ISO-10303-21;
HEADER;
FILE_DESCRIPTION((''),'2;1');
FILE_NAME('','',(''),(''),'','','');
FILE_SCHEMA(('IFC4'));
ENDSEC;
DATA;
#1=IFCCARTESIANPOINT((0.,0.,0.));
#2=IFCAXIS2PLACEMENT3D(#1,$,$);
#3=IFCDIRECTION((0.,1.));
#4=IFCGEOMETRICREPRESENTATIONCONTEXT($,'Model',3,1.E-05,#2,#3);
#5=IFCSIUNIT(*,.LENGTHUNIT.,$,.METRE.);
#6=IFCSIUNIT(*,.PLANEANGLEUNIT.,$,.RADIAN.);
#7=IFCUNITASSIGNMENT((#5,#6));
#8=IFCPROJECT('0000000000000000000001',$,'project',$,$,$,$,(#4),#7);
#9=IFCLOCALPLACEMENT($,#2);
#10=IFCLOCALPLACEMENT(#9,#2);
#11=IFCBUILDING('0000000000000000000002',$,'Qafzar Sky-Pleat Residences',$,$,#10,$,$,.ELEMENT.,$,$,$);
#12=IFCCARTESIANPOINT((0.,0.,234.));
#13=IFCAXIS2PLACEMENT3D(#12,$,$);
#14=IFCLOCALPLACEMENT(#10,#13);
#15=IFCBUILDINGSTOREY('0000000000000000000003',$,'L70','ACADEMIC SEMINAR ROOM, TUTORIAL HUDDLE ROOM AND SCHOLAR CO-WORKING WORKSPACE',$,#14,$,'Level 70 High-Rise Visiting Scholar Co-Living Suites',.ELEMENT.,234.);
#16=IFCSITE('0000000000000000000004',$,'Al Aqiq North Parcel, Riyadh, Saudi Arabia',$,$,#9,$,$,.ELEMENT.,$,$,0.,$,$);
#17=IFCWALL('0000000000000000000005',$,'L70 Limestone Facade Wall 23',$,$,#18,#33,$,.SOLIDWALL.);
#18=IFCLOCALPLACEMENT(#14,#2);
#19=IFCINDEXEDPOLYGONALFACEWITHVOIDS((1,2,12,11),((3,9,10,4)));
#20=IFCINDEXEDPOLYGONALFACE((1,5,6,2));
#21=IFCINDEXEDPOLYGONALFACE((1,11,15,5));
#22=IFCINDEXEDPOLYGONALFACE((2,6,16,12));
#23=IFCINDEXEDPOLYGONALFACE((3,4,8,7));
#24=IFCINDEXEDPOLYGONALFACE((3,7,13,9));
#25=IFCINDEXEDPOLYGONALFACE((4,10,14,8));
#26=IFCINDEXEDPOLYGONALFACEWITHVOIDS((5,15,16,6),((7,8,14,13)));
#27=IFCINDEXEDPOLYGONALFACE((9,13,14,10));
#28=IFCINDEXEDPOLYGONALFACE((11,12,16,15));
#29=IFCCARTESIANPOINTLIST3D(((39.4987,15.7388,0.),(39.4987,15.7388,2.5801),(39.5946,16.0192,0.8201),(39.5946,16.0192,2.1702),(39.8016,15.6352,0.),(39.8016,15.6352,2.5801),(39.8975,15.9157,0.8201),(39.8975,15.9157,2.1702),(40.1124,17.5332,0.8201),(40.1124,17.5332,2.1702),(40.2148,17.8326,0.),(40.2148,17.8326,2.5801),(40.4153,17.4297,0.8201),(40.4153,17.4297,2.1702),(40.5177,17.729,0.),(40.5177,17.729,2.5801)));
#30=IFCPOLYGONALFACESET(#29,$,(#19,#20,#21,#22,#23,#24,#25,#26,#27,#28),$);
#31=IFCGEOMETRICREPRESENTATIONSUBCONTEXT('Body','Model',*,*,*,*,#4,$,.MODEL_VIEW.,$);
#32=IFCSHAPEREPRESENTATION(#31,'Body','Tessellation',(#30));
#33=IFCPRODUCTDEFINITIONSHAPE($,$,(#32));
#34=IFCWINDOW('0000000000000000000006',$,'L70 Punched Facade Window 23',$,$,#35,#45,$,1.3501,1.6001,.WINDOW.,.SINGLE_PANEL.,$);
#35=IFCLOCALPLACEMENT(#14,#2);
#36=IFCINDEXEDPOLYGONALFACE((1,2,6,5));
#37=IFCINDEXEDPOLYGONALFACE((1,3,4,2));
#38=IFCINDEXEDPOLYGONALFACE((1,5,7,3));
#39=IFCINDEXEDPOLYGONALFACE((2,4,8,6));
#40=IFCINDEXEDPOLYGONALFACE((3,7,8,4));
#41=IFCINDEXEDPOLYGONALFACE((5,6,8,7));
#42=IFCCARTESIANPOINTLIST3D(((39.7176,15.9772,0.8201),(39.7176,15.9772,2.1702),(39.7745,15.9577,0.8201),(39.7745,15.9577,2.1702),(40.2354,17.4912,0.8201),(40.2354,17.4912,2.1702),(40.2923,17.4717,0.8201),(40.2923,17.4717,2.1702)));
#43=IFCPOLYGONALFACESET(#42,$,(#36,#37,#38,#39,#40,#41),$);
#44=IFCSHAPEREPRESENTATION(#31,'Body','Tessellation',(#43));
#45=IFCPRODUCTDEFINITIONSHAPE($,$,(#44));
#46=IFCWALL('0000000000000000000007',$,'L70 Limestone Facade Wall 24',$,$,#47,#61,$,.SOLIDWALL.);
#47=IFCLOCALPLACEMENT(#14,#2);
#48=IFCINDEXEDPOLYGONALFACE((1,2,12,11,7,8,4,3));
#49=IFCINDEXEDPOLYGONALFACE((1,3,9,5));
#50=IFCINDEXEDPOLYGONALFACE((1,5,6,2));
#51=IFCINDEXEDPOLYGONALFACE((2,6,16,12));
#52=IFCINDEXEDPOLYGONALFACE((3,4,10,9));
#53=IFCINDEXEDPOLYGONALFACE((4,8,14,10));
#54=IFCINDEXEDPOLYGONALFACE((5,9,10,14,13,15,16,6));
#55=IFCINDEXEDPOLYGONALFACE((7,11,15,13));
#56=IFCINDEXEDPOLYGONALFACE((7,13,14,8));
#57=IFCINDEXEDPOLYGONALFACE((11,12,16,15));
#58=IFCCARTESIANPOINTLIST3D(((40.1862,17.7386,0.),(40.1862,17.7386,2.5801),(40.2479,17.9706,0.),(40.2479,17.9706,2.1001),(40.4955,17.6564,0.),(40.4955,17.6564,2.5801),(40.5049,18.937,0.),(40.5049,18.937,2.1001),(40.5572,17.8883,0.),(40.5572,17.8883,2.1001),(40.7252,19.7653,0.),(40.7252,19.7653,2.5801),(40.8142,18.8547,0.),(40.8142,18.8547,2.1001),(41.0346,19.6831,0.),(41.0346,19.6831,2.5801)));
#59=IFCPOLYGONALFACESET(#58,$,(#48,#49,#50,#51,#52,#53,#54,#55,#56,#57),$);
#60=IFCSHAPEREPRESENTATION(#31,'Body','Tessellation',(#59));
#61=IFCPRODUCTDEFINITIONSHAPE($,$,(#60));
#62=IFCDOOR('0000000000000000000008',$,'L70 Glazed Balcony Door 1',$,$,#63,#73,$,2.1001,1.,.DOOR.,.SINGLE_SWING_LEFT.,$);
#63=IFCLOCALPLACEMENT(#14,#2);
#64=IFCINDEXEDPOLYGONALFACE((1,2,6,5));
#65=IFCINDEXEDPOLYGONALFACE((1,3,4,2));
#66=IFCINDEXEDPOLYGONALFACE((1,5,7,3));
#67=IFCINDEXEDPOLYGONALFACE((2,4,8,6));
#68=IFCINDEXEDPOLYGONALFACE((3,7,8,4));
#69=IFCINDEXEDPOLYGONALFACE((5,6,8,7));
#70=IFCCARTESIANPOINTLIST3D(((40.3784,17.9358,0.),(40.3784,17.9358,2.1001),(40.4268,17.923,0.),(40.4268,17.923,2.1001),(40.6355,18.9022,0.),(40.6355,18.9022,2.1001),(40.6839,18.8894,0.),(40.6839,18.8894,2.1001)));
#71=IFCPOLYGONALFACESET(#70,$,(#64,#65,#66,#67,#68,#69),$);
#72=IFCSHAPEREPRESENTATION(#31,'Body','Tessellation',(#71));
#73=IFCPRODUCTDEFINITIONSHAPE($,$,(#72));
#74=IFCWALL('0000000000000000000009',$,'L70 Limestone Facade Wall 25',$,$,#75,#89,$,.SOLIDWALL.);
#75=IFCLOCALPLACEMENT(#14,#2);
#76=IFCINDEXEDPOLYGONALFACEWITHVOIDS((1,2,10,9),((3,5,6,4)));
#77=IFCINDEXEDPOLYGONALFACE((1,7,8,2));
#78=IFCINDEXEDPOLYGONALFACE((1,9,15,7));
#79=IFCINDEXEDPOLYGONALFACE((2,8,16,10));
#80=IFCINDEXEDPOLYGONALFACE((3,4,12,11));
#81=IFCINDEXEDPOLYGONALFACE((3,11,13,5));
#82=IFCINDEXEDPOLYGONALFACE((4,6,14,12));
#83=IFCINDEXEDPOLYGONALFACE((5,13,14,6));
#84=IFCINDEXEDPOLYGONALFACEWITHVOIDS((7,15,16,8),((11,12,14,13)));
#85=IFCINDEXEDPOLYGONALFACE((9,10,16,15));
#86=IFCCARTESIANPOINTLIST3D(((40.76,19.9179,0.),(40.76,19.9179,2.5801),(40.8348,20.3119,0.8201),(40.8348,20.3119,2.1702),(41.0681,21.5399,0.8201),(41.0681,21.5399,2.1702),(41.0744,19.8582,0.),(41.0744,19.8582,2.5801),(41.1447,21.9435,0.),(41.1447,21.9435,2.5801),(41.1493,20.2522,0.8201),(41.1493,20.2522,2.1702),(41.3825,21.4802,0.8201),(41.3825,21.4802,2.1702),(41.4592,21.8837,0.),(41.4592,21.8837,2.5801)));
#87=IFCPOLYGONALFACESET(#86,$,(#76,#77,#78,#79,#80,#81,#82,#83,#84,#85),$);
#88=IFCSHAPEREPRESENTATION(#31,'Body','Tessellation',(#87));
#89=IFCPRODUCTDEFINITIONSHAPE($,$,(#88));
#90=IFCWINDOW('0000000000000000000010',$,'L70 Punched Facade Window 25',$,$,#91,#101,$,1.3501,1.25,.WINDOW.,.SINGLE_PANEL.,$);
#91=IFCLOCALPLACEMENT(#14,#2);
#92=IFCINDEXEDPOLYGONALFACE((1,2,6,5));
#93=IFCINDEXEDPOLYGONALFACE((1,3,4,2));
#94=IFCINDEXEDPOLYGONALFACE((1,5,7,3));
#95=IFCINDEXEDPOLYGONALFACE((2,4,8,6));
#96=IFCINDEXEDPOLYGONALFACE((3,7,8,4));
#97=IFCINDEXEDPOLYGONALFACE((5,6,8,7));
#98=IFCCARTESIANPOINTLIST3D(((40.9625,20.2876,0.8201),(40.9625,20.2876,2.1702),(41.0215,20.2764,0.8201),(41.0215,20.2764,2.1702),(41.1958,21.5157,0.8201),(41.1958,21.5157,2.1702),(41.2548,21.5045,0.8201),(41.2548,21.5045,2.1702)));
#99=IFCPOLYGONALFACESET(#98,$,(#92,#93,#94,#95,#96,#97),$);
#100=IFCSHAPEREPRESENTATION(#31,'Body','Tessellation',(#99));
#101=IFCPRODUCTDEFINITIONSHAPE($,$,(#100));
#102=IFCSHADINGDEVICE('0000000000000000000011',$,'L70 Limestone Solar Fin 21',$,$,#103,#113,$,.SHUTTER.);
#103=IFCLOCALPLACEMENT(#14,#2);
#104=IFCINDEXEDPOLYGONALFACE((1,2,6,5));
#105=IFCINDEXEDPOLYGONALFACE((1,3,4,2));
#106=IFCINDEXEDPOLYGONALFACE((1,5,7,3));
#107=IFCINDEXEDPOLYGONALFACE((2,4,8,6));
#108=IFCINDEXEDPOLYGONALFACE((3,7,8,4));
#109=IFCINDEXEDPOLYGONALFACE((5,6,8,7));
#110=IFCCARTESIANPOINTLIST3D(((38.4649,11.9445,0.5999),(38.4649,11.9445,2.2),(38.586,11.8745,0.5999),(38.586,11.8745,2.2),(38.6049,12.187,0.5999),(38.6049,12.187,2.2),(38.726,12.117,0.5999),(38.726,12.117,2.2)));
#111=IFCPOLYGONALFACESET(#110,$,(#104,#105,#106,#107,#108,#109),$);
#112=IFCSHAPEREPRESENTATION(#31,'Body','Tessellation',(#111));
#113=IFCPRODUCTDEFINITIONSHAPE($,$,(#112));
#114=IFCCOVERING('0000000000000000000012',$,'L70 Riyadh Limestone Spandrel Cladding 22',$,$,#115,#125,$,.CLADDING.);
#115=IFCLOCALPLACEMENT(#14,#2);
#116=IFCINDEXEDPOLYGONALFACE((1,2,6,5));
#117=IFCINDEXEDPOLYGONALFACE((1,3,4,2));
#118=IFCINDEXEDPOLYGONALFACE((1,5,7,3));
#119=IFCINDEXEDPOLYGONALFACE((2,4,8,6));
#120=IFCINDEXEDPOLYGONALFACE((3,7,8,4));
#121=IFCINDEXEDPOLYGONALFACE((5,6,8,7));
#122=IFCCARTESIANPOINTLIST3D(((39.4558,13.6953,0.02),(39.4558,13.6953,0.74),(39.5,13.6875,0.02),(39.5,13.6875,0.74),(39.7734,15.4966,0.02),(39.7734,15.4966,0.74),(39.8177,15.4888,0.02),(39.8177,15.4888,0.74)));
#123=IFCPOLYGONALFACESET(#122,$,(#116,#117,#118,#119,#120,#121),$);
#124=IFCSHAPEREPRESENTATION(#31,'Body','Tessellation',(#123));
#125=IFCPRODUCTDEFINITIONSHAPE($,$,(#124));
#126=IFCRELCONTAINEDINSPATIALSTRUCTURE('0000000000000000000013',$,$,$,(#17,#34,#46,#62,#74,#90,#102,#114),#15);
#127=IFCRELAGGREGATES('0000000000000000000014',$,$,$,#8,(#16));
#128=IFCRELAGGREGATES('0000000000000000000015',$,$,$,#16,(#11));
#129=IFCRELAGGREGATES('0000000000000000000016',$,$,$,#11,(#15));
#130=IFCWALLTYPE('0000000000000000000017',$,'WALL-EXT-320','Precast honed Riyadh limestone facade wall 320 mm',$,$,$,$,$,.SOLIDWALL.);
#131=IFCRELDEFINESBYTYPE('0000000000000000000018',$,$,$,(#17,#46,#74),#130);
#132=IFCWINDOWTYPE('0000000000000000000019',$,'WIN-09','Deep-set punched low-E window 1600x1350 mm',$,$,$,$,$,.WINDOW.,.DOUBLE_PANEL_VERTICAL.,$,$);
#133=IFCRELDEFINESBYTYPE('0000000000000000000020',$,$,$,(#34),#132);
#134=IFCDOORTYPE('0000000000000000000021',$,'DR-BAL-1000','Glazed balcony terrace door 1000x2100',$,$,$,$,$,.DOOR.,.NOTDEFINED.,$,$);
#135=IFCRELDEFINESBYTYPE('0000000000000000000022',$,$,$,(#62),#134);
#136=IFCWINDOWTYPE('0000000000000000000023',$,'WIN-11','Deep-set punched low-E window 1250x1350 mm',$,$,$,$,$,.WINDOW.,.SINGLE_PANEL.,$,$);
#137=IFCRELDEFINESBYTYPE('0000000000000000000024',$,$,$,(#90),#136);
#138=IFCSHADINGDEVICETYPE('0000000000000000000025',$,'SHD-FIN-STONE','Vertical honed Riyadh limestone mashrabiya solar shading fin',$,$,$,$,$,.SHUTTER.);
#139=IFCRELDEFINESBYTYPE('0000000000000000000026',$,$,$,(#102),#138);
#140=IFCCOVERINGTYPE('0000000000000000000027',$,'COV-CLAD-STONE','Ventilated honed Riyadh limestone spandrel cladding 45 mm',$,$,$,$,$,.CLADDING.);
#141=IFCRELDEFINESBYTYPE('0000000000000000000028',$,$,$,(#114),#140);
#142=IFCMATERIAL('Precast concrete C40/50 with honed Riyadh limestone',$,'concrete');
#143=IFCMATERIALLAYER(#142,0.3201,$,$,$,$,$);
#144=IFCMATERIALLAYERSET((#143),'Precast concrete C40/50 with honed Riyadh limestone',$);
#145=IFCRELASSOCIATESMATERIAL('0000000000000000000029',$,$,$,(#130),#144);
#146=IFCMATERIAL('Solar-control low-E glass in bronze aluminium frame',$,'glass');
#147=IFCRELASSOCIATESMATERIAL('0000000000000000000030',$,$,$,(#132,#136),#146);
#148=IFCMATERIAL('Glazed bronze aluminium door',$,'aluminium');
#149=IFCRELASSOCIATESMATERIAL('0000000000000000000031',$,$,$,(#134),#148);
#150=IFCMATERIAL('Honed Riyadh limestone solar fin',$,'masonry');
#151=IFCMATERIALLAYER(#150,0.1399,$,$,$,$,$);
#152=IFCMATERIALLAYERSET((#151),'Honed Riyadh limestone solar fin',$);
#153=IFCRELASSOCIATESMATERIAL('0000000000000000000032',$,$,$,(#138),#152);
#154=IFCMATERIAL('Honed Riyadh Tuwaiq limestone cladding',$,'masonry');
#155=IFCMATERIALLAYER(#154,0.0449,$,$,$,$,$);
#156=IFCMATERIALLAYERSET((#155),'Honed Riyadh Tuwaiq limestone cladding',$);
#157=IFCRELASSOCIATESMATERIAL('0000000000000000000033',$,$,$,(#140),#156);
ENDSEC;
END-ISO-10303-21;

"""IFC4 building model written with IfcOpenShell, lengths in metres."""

from ifc_helpers import new_model, si_unit, direction, frame, frame_2d, origin, origin_2d, place, context, subcontext, project, spatial, rectangle, extrude, source, transform, mapped, material, layer, layer_set, type_object, element, fill, save


model = new_model("IFC4")

# Units and contexts
model_context = context("Model", 3, precision=1e-05, world=origin(), true_north=direction((0.0, 1.0)))
body_context = subcontext(model_context, "Body", "Model", "MODEL_VIEW")
ifc_project = project(units=[si_unit("LENGTHUNIT", "METRE"), si_unit("PLANEANGLEUNIT", "RADIAN")], contexts=[model_context])

# Site, building, storey
site_placement = place(None, origin())
site = spatial("IfcSite", under=ifc_project, at=site_placement, Name="Al Aqiq North Parcel, Riyadh, Saudi Arabia", CompositionType="ELEMENT", RefElevation=0.0)
building_placement = place(site_placement, origin())
building = spatial("IfcBuilding", under=site, at=building_placement, Name="Qafzar Sky-Pleat Residences", CompositionType="ELEMENT")
storey_placement = place(building_placement, frame((0.0, 0.0, 234.0)))
storey = spatial("IfcBuildingStorey", under=building, at=storey_placement, Name="L70", Description="ACADEMIC SEMINAR ROOM, TUTORIAL HUDDLE ROOM AND SCHOLAR CO-WORKING WORKSPACE", LongName="Level 70 High-Rise Visiting Scholar Co-Living Suites", CompositionType="ELEMENT", Elevation=234.0)

# Wall, opening, window
ifc_material_1 = material(Name="Precast concrete C40/50 with honed Riyadh limestone", Category="concrete")
ifc_layer_1 = layer(ifc_material_1, 0.3201)
ifc_layer_set_1 = layer_set([ifc_layer_1], Name="Precast concrete C40/50 with honed Riyadh limestone")
wall_type = type_object("IfcWallType", Name="WALL-EXT-320", Description="Precast honed Riyadh limestone facade wall 320 mm", PredefinedType="SOLIDWALL", material=ifc_layer_set_1)
ifc_material_2 = material(Name="Solar-control low-E glass in bronze aluminium frame", Category="glass")
wall_1_placement = place(storey_placement, frame((39.6501, 15.687, 0.0), z_axis=(0.0, 0.0, 1.0), x_axis=(0.323599, 0.946194, 0.0)))
wall_1 = element("IfcWall", 1, at=wall_1_placement, inside=storey, type_object=wall_type, Name="L70 Limestone Facade Wall 23", PredefinedType="SOLIDWALL", context=body_context, shape_type="SweptSolid", body=[
    extrude(rectangle(XDim=2.2129, YDim=0.3201, at=frame_2d((1.1064, 0.0))), origin(), (0.0, 0.0, 1.0), 2.5801),
])
opening_1_placement = place(wall_1_placement, frame((0.2964, 0.0, 0.8201)))
opening_1 = element("IfcOpeningElement", 2, at=opening_1_placement, cuts=wall_1, PredefinedType="OPENING", context=body_context, shape_type="SweptSolid", body=[
    extrude(rectangle(XDim=1.6001, YDim=1.3501, at=frame_2d((0.8, 0.675))), frame((0.0, 0.1699, 0.0), z_axis=(0.0, -1.0, 0.0), x_axis=(1.0, 0.0, 0.0)), (0.0, 0.0, 1.0), 0.3401),
])
window_type_1 = type_object("IfcWindowType", Name="WIN-09", Description="Deep-set punched low-E window 1600x1350 mm", PartitioningType="DOUBLE_PANEL_VERTICAL", PredefinedType="WINDOW", material=ifc_material_2)
shared_shape_1 = source(origin(), body_context, "Body", "SweptSolid", [
    extrude(rectangle(XDim=1.6001, YDim=1.3501, at=frame_2d((0.8, 0.675))), frame((0.0, 0.03, 0.0), z_axis=(0.0, -1.0, 0.0), x_axis=(1.0, 0.0, 0.0)), (0.0, 0.0, 1.0), 0.0601),
])
window_1_placement = place(opening_1_placement, origin())
window_1 = element("IfcWindow", 3, at=window_1_placement, inside=storey, type_object=window_type_1, Name="L70 Punched Facade Window 23", OverallHeight=1.3501, OverallWidth=1.6001, PartitioningType="SINGLE_PANEL", PredefinedType="WINDOW", context=body_context, shape_type="MappedRepresentation", body=[
    mapped(shared_shape_1, transform((0.0, 0.0, 0.0), x_axis=(1.0, 0.0, 0.0), y_axis=(0.0, 1.0, 0.0), z_axis=(0.0, 0.0, 1.0), scale=1.0)),
])
fill(opening_1, window_1)

# Wall, opening, door
wall_2_placement = place(storey_placement, frame((40.3408, 17.6975, 0.0), z_axis=(0.0, 0.0, 1.0), x_axis=(0.257054, 0.966397, 0.0)))
wall_2 = element("IfcWall", 4, at=wall_2_placement, inside=storey, type_object=wall_type, Name="L70 Limestone Facade Wall 24", PredefinedType="SOLIDWALL", context=body_context, shape_type="SweptSolid", body=[
    extrude(rectangle(XDim=2.0972, YDim=0.3201, at=frame_2d((1.0486, 0.0))), origin(), (0.0, 0.0, 1.0), 2.5801),
])
opening_2_placement = place(wall_2_placement, frame((0.24, 0.0, 0.0)))
opening_2 = element("IfcOpeningElement", 5, at=opening_2_placement, cuts=wall_2, PredefinedType="OPENING", context=body_context, shape_type="SweptSolid", body=[
    extrude(rectangle(XDim=1.0, YDim=2.1001, at=frame_2d((0.5, 1.05))), frame((0.0, 0.1699, 0.0), z_axis=(0.0, -1.0, 0.0), x_axis=(1.0, 0.0, 0.0)), (0.0, 0.0, 1.0), 0.3401),
])
ifc_material_3 = material(Name="Glazed bronze aluminium door", Category="aluminium")
door_type = type_object("IfcDoorType", Name="DR-BAL-1000", Description="Glazed balcony terrace door 1000x2100", OperationType="NOTDEFINED", PredefinedType="DOOR", material=ifc_material_3)
shared_shape_2 = source(origin(), body_context, "Body", "SweptSolid", [
    extrude(rectangle(XDim=1.0, YDim=2.1001, at=frame_2d((0.5, 1.05))), frame((0.0, 0.0249, 0.0), z_axis=(0.0, -1.0, 0.0), x_axis=(1.0, 0.0, 0.0)), (0.0, 0.0, 1.0), 0.05),
])
door_placement = place(opening_2_placement, origin())
door = element("IfcDoor", 6, at=door_placement, inside=storey, type_object=door_type, Name="L70 Glazed Balcony Door 1", OperationType="SINGLE_SWING_LEFT", OverallHeight=2.1001, OverallWidth=1.0, PredefinedType="DOOR", context=body_context, shape_type="MappedRepresentation", body=[
    mapped(shared_shape_2, transform((0.0, 0.0, 0.0), x_axis=(1.0, 0.0, 0.0), y_axis=(0.0, 1.0, 0.0), z_axis=(0.0, 0.0, 1.0), scale=1.0)),
])
fill(opening_2, door)

# Wall, opening, window
wall_3_placement = place(storey_placement, frame((40.9172, 19.8882, 0.0), z_axis=(0.0, 0.0, 1.0), x_axis=(0.186612, 0.982434, 0.0)))
wall_3 = element("IfcWall", 7, at=wall_3_placement, inside=storey, type_object=wall_type, Name="L70 Limestone Facade Wall 25", PredefinedType="SOLIDWALL", context=body_context, shape_type="SweptSolid", body=[
    extrude(rectangle(XDim=2.0618, YDim=0.3201, at=frame_2d((1.0308, 0.0))), origin(), (0.0, 0.0, 1.0), 2.5801),
])
opening_3_placement = place(wall_3_placement, frame((0.4009, 0.0, 0.8201)))
opening_3 = element("IfcOpeningElement", 8, at=opening_3_placement, cuts=wall_3, PredefinedType="OPENING", context=body_context, shape_type="SweptSolid", body=[
    extrude(rectangle(XDim=1.25, YDim=1.3501, at=frame_2d((0.625, 0.675))), frame((0.0, 0.1699, 0.0), z_axis=(0.0, -1.0, 0.0), x_axis=(1.0, 0.0, 0.0)), (0.0, 0.0, 1.0), 0.3401),
])
window_type_2 = type_object("IfcWindowType", Name="WIN-11", Description="Deep-set punched low-E window 1250x1350 mm", PartitioningType="SINGLE_PANEL", PredefinedType="WINDOW", material=ifc_material_2)
shared_shape_3 = source(origin(), body_context, "Body", "SweptSolid", [
    extrude(rectangle(XDim=1.25, YDim=1.3501, at=frame_2d((0.625, 0.675))), frame((0.0, 0.03, 0.0), z_axis=(0.0, -1.0, 0.0), x_axis=(1.0, 0.0, 0.0)), (0.0, 0.0, 1.0), 0.0601),
])
window_2_placement = place(opening_3_placement, origin())
window_2 = element("IfcWindow", 9, at=window_2_placement, inside=storey, type_object=window_type_2, Name="L70 Punched Facade Window 25", OverallHeight=1.3501, OverallWidth=1.25, PartitioningType="SINGLE_PANEL", PredefinedType="WINDOW", context=body_context, shape_type="MappedRepresentation", body=[
    mapped(shared_shape_3, transform((0.0, 0.0, 0.0), x_axis=(1.0, 0.0, 0.0), y_axis=(0.0, 1.0, 0.0), z_axis=(0.0, 0.0, 1.0), scale=1.0)),
])
fill(opening_3, window_2)

# Shading device
ifc_material_4 = material(Name="Honed Riyadh limestone solar fin", Category="masonry")
ifc_layer_2 = layer(ifc_material_4, 0.1399)
ifc_layer_set_2 = layer_set([ifc_layer_2], Name="Honed Riyadh limestone solar fin")
shading_device_type = type_object("IfcShadingDeviceType", Name="SHD-FIN-STONE", Description="Vertical honed Riyadh limestone mashrabiya solar shading fin", PredefinedType="SHUTTER", material=ifc_layer_set_2)
shared_shape_4 = source(origin(), body_context, "Body", "SweptSolid", [
    extrude(rectangle(XDim=0.1399, YDim=0.28, at=origin_2d()), origin(), (0.0, 0.0, 1.0), 1.6001),
])
shading_device_placement = place(storey_placement, frame((38.5955, 12.0308, 0.5999), z_axis=(0.0, 0.0, 1.0), x_axis=(0.866032, -0.499989, 0.0)))
element("IfcShadingDevice", 10, at=shading_device_placement, inside=storey, type_object=shading_device_type, Name="L70 Limestone Solar Fin 21", PredefinedType="SHUTTER", context=body_context, shape_type="MappedRepresentation", body=[
    mapped(shared_shape_4, transform((0.0, 0.0, 0.0), x_axis=(1.0, 0.0, 0.0), y_axis=(0.0, 1.0, 0.0), z_axis=(0.0, 0.0, 1.0), scale=1.0)),
])

# Covering
ifc_material_5 = material(Name="Honed Riyadh Tuwaiq limestone cladding", Category="masonry")
ifc_layer_3 = layer(ifc_material_5, 0.0449)
ifc_layer_set_3 = layer_set([ifc_layer_3], Name="Honed Riyadh Tuwaiq limestone cladding")
covering_type = type_object("IfcCoveringType", Name="COV-CLAD-STONE", Description="Ventilated honed Riyadh limestone spandrel cladding 45 mm", PredefinedType="CLADDING", material=ifc_layer_set_3)
shared_shape_5 = source(origin(), body_context, "Body", "SweptSolid", [
    extrude(rectangle(XDim=1.8291, YDim=0.0449, at=origin_2d()), origin(), (0.0, 0.0, 1.0), 0.72),
])
covering_placement = place(storey_placement, frame((39.6367, 14.592, 0.02), z_axis=(0.0, 0.0, 1.0), x_axis=(0.173687, 0.984801, 0.0)))
element("IfcCovering", 11, at=covering_placement, inside=storey, type_object=covering_type, Name="L70 Riyadh Limestone Spandrel Cladding 22", PredefinedType="CLADDING", context=body_context, shape_type="MappedRepresentation", body=[
    mapped(shared_shape_5, transform((0.0, 0.0, 0.0), x_axis=(1.0, 0.0, 0.0), y_axis=(0.0, 1.0, 0.0), z_axis=(0.0, 0.0, 1.0), scale=1.0)),
])

save(model, "model.ifc")
